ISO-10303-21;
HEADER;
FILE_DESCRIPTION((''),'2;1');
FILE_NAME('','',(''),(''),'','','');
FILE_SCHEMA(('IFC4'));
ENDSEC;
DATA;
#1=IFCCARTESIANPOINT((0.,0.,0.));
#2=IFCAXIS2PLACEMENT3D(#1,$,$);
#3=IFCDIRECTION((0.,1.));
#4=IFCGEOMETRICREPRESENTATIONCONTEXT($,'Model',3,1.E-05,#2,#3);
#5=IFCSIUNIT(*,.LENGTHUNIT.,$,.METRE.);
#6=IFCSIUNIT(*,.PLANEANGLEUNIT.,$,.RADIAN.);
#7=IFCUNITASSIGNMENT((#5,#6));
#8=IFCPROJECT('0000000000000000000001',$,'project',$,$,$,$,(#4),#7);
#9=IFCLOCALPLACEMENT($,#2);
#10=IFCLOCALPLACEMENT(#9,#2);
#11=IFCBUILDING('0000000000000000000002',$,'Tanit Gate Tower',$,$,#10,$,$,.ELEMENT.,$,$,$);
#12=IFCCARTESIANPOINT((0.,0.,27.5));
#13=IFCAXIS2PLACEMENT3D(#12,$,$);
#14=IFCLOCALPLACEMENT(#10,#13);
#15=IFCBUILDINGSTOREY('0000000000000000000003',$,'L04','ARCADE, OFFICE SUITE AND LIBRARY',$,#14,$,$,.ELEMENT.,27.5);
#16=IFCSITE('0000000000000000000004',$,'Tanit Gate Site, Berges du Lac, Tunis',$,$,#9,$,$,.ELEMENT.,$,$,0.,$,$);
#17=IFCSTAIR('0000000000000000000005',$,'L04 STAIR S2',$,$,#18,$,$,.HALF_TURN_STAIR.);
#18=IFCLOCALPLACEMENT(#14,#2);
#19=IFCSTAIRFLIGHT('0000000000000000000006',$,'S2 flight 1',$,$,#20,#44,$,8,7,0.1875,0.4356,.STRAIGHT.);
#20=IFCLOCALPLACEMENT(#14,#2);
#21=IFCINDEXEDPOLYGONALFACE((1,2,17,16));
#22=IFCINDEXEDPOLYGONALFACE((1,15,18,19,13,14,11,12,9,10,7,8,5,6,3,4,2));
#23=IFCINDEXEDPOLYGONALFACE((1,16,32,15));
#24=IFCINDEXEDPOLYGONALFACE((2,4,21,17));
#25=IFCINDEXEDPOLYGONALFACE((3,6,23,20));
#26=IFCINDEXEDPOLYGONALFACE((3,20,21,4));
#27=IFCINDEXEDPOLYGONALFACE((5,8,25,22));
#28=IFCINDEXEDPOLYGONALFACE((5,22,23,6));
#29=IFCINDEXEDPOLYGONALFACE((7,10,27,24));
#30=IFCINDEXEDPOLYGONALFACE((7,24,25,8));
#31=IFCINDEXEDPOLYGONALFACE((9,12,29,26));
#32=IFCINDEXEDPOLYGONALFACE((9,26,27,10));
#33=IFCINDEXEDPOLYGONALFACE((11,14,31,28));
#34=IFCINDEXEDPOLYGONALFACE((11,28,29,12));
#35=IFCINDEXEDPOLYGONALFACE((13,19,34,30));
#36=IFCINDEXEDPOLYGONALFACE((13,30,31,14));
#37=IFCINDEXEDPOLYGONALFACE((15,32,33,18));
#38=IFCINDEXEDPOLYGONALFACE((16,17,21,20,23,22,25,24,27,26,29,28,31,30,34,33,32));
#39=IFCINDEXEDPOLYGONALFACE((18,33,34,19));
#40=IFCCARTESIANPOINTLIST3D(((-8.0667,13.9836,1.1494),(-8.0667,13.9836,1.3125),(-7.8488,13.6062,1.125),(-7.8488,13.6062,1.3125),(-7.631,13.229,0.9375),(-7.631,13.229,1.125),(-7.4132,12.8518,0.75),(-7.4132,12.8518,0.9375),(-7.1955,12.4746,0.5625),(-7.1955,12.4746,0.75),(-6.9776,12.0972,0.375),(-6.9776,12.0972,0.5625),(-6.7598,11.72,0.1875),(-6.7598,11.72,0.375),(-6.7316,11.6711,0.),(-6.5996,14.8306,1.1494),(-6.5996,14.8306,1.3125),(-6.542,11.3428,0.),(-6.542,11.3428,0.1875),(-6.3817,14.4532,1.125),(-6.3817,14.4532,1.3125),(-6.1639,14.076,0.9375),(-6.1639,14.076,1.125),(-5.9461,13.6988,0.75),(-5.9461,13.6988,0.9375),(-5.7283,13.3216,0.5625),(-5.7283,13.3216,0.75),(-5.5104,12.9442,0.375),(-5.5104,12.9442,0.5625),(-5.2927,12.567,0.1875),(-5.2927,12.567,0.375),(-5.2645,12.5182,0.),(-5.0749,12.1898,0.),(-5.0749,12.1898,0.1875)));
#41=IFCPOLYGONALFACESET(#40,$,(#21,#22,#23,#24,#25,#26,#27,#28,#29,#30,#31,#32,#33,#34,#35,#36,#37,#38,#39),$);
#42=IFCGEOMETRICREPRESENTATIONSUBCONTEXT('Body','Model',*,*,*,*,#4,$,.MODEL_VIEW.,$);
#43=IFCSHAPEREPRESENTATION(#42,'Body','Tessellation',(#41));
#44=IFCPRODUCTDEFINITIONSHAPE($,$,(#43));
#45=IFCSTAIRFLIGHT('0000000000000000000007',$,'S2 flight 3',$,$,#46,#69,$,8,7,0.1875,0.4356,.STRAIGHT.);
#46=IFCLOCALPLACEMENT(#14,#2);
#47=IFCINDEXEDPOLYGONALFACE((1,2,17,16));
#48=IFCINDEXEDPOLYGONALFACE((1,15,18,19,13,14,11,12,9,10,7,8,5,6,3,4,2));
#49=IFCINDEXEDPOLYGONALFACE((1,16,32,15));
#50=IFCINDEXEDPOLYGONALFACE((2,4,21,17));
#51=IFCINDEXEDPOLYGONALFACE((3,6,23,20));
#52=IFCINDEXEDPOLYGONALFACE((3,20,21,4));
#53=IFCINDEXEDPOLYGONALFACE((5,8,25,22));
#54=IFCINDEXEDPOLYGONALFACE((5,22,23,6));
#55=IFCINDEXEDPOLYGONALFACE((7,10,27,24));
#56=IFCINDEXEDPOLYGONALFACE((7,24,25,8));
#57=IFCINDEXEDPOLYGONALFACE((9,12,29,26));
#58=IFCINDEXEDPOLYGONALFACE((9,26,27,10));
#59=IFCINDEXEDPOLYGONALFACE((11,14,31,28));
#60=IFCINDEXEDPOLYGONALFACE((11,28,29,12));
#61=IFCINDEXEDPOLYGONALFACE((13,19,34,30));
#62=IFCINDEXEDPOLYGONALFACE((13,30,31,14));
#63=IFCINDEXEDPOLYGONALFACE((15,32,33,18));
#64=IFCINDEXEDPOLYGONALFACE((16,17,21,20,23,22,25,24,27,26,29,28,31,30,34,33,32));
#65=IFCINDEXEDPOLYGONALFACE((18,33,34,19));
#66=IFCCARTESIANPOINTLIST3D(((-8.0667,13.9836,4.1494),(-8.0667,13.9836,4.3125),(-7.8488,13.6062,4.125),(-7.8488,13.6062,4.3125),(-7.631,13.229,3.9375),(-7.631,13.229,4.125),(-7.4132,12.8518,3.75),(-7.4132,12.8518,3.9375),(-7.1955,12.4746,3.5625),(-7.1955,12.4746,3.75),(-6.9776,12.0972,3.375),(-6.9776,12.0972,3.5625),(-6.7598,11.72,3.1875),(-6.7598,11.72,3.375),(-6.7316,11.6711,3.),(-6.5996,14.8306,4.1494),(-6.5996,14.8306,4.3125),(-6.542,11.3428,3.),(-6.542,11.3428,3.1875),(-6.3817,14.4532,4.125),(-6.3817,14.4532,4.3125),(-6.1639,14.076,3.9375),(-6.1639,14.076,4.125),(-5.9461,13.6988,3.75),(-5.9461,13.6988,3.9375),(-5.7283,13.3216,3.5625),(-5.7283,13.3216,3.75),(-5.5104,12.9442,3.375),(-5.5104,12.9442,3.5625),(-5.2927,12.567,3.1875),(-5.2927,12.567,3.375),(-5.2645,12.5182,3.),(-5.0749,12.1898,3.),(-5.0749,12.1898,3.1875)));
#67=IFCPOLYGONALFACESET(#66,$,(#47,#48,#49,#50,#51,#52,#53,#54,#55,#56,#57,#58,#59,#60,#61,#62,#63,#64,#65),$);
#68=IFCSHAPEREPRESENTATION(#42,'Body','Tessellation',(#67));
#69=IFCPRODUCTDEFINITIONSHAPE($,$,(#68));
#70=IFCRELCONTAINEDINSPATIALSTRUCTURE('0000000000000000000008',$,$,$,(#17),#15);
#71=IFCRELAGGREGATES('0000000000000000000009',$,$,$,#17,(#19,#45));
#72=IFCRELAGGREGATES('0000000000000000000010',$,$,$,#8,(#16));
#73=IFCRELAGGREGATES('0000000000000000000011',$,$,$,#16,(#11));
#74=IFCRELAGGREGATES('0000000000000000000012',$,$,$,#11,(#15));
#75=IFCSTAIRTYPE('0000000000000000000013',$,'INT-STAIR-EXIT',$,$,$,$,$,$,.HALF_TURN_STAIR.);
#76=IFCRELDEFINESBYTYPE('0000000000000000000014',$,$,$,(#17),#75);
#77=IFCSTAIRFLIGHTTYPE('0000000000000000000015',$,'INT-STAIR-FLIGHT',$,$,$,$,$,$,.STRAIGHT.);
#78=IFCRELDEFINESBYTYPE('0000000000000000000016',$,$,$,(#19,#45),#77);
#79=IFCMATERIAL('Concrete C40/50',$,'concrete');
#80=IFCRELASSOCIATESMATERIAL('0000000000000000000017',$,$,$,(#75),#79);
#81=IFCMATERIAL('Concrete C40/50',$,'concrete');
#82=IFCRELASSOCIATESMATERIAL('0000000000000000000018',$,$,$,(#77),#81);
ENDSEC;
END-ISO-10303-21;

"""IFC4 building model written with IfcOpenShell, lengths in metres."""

from ifc_helpers import new_model, si_unit, direction, frame, origin, place, context, subcontext, project, spatial, polyline, outline, extrude, material, type_object, element, aggregate, save


model = new_model("IFC4")

# Units and contexts
model_context = context("Model", 3, precision=1e-05, world=origin(), true_north=direction((0.0, 1.0)))
body_context = subcontext(model_context, "Body", "Model", "MODEL_VIEW")
ifc_project = project(units=[si_unit("LENGTHUNIT", "METRE"), si_unit("PLANEANGLEUNIT", "RADIAN")], contexts=[model_context])

# Site, building, storey
site_placement = place(None, origin())
site = spatial("IfcSite", under=ifc_project, at=site_placement, Name="Tanit Gate Site, Berges du Lac, Tunis", CompositionType="ELEMENT", RefElevation=0.0)
building_placement = place(site_placement, origin())
building = spatial("IfcBuilding", under=site, at=building_placement, Name="Tanit Gate Tower", CompositionType="ELEMENT")
storey_placement = place(building_placement, frame((0.0, 0.0, 27.5)))
storey = spatial("IfcBuildingStorey", under=building, at=storey_placement, Name="L04", Description="ARCADE, OFFICE SUITE AND LIBRARY", CompositionType="ELEMENT", Elevation=27.5)

# Stair, stair flights
ifc_material_1 = material(Name="Concrete C40/50", Category="concrete")
stair_type = type_object("IfcStairType", Name="INT-STAIR-EXIT", PredefinedType="HALF_TURN_STAIR", material=ifc_material_1)
stair_placement = place(storey_placement, origin())
stair = element("IfcStair", 1, at=stair_placement, inside=storey, type_object=stair_type, Name="L04 STAIR S2", PredefinedType="HALF_TURN_STAIR")
ifc_material_2 = material(Name="Concrete C40/50", Category="concrete")
stair_flight_type = type_object("IfcStairFlightType", Name="INT-STAIR-FLIGHT", PredefinedType="STRAIGHT", material=ifc_material_2)
stair_flight_1_placement = place(storey_placement, frame((-5.8083, 11.7664, 0.0), z_axis=(0.0, 0.0, 1.0), x_axis=(-0.5, 0.866025, 0.0)))
stair_flight_1 = element("IfcStairFlight", 2, at=stair_flight_1_placement, type_object=stair_flight_type, Name="S2 flight 1", NumberOfRisers=8, NumberOfTreads=7, PredefinedType="STRAIGHT", RiserHeight=0.1875, TreadLength=0.4356, context=body_context, shape_type="SweptSolid", body=[
    extrude(outline(polyline([(0.0, 0.0), (0.0, 0.1875), (0.4355, 0.1875), (0.4355, 0.375), (0.8711, 0.375), (0.8711, 0.5625), (1.3069, 0.5625), (1.3069, 0.75), (1.7424, 0.75), (1.7424, 0.9375), (2.178, 0.9375), (2.178, 1.125), (2.6135, 1.125), (2.6135, 1.3125), (3.0493, 1.3125), (3.0493, 1.5), (3.0493, 1.1494), (0.3792, 0.0), (0.0, 0.0)])), frame((0.0, 0.8472, 0.0), z_axis=(0.0, -1.0, 0.0), x_axis=(1.0, 0.0, 0.0)), (0.0, 0.0, 1.0), 1.6941),
])
stair_flight_2_placement = place(storey_placement, frame((-5.8083, 11.7664, 3.0), z_axis=(0.0, 0.0, 1.0), x_axis=(-0.5, 0.866025, 0.0)))
stair_flight_2 = element("IfcStairFlight", 3, at=stair_flight_2_placement, type_object=stair_flight_type, Name="S2 flight 3", NumberOfRisers=8, NumberOfTreads=7, PredefinedType="STRAIGHT", RiserHeight=0.1875, TreadLength=0.4356, context=body_context, shape_type="SweptSolid", body=[
    extrude(outline(polyline([(0.0, 0.0), (0.0, 0.1875), (0.4355, 0.1875), (0.4355, 0.375), (0.8711, 0.375), (0.8711, 0.5625), (1.3069, 0.5625), (1.3069, 0.75), (1.7424, 0.75), (1.7424, 0.9375), (2.178, 0.9375), (2.178, 1.125), (2.6135, 1.125), (2.6135, 1.3125), (3.0493, 1.3125), (3.0493, 1.5), (3.0493, 1.1494), (0.3792, 0.0), (0.0, 0.0)])), frame((0.0, 0.8472, 0.0), z_axis=(0.0, -1.0, 0.0), x_axis=(1.0, 0.0, 0.0)), (0.0, 0.0, 1.0), 1.6941),
])
aggregate(stair, [stair_flight_1, stair_flight_2])

save(model, "model.ifc")
